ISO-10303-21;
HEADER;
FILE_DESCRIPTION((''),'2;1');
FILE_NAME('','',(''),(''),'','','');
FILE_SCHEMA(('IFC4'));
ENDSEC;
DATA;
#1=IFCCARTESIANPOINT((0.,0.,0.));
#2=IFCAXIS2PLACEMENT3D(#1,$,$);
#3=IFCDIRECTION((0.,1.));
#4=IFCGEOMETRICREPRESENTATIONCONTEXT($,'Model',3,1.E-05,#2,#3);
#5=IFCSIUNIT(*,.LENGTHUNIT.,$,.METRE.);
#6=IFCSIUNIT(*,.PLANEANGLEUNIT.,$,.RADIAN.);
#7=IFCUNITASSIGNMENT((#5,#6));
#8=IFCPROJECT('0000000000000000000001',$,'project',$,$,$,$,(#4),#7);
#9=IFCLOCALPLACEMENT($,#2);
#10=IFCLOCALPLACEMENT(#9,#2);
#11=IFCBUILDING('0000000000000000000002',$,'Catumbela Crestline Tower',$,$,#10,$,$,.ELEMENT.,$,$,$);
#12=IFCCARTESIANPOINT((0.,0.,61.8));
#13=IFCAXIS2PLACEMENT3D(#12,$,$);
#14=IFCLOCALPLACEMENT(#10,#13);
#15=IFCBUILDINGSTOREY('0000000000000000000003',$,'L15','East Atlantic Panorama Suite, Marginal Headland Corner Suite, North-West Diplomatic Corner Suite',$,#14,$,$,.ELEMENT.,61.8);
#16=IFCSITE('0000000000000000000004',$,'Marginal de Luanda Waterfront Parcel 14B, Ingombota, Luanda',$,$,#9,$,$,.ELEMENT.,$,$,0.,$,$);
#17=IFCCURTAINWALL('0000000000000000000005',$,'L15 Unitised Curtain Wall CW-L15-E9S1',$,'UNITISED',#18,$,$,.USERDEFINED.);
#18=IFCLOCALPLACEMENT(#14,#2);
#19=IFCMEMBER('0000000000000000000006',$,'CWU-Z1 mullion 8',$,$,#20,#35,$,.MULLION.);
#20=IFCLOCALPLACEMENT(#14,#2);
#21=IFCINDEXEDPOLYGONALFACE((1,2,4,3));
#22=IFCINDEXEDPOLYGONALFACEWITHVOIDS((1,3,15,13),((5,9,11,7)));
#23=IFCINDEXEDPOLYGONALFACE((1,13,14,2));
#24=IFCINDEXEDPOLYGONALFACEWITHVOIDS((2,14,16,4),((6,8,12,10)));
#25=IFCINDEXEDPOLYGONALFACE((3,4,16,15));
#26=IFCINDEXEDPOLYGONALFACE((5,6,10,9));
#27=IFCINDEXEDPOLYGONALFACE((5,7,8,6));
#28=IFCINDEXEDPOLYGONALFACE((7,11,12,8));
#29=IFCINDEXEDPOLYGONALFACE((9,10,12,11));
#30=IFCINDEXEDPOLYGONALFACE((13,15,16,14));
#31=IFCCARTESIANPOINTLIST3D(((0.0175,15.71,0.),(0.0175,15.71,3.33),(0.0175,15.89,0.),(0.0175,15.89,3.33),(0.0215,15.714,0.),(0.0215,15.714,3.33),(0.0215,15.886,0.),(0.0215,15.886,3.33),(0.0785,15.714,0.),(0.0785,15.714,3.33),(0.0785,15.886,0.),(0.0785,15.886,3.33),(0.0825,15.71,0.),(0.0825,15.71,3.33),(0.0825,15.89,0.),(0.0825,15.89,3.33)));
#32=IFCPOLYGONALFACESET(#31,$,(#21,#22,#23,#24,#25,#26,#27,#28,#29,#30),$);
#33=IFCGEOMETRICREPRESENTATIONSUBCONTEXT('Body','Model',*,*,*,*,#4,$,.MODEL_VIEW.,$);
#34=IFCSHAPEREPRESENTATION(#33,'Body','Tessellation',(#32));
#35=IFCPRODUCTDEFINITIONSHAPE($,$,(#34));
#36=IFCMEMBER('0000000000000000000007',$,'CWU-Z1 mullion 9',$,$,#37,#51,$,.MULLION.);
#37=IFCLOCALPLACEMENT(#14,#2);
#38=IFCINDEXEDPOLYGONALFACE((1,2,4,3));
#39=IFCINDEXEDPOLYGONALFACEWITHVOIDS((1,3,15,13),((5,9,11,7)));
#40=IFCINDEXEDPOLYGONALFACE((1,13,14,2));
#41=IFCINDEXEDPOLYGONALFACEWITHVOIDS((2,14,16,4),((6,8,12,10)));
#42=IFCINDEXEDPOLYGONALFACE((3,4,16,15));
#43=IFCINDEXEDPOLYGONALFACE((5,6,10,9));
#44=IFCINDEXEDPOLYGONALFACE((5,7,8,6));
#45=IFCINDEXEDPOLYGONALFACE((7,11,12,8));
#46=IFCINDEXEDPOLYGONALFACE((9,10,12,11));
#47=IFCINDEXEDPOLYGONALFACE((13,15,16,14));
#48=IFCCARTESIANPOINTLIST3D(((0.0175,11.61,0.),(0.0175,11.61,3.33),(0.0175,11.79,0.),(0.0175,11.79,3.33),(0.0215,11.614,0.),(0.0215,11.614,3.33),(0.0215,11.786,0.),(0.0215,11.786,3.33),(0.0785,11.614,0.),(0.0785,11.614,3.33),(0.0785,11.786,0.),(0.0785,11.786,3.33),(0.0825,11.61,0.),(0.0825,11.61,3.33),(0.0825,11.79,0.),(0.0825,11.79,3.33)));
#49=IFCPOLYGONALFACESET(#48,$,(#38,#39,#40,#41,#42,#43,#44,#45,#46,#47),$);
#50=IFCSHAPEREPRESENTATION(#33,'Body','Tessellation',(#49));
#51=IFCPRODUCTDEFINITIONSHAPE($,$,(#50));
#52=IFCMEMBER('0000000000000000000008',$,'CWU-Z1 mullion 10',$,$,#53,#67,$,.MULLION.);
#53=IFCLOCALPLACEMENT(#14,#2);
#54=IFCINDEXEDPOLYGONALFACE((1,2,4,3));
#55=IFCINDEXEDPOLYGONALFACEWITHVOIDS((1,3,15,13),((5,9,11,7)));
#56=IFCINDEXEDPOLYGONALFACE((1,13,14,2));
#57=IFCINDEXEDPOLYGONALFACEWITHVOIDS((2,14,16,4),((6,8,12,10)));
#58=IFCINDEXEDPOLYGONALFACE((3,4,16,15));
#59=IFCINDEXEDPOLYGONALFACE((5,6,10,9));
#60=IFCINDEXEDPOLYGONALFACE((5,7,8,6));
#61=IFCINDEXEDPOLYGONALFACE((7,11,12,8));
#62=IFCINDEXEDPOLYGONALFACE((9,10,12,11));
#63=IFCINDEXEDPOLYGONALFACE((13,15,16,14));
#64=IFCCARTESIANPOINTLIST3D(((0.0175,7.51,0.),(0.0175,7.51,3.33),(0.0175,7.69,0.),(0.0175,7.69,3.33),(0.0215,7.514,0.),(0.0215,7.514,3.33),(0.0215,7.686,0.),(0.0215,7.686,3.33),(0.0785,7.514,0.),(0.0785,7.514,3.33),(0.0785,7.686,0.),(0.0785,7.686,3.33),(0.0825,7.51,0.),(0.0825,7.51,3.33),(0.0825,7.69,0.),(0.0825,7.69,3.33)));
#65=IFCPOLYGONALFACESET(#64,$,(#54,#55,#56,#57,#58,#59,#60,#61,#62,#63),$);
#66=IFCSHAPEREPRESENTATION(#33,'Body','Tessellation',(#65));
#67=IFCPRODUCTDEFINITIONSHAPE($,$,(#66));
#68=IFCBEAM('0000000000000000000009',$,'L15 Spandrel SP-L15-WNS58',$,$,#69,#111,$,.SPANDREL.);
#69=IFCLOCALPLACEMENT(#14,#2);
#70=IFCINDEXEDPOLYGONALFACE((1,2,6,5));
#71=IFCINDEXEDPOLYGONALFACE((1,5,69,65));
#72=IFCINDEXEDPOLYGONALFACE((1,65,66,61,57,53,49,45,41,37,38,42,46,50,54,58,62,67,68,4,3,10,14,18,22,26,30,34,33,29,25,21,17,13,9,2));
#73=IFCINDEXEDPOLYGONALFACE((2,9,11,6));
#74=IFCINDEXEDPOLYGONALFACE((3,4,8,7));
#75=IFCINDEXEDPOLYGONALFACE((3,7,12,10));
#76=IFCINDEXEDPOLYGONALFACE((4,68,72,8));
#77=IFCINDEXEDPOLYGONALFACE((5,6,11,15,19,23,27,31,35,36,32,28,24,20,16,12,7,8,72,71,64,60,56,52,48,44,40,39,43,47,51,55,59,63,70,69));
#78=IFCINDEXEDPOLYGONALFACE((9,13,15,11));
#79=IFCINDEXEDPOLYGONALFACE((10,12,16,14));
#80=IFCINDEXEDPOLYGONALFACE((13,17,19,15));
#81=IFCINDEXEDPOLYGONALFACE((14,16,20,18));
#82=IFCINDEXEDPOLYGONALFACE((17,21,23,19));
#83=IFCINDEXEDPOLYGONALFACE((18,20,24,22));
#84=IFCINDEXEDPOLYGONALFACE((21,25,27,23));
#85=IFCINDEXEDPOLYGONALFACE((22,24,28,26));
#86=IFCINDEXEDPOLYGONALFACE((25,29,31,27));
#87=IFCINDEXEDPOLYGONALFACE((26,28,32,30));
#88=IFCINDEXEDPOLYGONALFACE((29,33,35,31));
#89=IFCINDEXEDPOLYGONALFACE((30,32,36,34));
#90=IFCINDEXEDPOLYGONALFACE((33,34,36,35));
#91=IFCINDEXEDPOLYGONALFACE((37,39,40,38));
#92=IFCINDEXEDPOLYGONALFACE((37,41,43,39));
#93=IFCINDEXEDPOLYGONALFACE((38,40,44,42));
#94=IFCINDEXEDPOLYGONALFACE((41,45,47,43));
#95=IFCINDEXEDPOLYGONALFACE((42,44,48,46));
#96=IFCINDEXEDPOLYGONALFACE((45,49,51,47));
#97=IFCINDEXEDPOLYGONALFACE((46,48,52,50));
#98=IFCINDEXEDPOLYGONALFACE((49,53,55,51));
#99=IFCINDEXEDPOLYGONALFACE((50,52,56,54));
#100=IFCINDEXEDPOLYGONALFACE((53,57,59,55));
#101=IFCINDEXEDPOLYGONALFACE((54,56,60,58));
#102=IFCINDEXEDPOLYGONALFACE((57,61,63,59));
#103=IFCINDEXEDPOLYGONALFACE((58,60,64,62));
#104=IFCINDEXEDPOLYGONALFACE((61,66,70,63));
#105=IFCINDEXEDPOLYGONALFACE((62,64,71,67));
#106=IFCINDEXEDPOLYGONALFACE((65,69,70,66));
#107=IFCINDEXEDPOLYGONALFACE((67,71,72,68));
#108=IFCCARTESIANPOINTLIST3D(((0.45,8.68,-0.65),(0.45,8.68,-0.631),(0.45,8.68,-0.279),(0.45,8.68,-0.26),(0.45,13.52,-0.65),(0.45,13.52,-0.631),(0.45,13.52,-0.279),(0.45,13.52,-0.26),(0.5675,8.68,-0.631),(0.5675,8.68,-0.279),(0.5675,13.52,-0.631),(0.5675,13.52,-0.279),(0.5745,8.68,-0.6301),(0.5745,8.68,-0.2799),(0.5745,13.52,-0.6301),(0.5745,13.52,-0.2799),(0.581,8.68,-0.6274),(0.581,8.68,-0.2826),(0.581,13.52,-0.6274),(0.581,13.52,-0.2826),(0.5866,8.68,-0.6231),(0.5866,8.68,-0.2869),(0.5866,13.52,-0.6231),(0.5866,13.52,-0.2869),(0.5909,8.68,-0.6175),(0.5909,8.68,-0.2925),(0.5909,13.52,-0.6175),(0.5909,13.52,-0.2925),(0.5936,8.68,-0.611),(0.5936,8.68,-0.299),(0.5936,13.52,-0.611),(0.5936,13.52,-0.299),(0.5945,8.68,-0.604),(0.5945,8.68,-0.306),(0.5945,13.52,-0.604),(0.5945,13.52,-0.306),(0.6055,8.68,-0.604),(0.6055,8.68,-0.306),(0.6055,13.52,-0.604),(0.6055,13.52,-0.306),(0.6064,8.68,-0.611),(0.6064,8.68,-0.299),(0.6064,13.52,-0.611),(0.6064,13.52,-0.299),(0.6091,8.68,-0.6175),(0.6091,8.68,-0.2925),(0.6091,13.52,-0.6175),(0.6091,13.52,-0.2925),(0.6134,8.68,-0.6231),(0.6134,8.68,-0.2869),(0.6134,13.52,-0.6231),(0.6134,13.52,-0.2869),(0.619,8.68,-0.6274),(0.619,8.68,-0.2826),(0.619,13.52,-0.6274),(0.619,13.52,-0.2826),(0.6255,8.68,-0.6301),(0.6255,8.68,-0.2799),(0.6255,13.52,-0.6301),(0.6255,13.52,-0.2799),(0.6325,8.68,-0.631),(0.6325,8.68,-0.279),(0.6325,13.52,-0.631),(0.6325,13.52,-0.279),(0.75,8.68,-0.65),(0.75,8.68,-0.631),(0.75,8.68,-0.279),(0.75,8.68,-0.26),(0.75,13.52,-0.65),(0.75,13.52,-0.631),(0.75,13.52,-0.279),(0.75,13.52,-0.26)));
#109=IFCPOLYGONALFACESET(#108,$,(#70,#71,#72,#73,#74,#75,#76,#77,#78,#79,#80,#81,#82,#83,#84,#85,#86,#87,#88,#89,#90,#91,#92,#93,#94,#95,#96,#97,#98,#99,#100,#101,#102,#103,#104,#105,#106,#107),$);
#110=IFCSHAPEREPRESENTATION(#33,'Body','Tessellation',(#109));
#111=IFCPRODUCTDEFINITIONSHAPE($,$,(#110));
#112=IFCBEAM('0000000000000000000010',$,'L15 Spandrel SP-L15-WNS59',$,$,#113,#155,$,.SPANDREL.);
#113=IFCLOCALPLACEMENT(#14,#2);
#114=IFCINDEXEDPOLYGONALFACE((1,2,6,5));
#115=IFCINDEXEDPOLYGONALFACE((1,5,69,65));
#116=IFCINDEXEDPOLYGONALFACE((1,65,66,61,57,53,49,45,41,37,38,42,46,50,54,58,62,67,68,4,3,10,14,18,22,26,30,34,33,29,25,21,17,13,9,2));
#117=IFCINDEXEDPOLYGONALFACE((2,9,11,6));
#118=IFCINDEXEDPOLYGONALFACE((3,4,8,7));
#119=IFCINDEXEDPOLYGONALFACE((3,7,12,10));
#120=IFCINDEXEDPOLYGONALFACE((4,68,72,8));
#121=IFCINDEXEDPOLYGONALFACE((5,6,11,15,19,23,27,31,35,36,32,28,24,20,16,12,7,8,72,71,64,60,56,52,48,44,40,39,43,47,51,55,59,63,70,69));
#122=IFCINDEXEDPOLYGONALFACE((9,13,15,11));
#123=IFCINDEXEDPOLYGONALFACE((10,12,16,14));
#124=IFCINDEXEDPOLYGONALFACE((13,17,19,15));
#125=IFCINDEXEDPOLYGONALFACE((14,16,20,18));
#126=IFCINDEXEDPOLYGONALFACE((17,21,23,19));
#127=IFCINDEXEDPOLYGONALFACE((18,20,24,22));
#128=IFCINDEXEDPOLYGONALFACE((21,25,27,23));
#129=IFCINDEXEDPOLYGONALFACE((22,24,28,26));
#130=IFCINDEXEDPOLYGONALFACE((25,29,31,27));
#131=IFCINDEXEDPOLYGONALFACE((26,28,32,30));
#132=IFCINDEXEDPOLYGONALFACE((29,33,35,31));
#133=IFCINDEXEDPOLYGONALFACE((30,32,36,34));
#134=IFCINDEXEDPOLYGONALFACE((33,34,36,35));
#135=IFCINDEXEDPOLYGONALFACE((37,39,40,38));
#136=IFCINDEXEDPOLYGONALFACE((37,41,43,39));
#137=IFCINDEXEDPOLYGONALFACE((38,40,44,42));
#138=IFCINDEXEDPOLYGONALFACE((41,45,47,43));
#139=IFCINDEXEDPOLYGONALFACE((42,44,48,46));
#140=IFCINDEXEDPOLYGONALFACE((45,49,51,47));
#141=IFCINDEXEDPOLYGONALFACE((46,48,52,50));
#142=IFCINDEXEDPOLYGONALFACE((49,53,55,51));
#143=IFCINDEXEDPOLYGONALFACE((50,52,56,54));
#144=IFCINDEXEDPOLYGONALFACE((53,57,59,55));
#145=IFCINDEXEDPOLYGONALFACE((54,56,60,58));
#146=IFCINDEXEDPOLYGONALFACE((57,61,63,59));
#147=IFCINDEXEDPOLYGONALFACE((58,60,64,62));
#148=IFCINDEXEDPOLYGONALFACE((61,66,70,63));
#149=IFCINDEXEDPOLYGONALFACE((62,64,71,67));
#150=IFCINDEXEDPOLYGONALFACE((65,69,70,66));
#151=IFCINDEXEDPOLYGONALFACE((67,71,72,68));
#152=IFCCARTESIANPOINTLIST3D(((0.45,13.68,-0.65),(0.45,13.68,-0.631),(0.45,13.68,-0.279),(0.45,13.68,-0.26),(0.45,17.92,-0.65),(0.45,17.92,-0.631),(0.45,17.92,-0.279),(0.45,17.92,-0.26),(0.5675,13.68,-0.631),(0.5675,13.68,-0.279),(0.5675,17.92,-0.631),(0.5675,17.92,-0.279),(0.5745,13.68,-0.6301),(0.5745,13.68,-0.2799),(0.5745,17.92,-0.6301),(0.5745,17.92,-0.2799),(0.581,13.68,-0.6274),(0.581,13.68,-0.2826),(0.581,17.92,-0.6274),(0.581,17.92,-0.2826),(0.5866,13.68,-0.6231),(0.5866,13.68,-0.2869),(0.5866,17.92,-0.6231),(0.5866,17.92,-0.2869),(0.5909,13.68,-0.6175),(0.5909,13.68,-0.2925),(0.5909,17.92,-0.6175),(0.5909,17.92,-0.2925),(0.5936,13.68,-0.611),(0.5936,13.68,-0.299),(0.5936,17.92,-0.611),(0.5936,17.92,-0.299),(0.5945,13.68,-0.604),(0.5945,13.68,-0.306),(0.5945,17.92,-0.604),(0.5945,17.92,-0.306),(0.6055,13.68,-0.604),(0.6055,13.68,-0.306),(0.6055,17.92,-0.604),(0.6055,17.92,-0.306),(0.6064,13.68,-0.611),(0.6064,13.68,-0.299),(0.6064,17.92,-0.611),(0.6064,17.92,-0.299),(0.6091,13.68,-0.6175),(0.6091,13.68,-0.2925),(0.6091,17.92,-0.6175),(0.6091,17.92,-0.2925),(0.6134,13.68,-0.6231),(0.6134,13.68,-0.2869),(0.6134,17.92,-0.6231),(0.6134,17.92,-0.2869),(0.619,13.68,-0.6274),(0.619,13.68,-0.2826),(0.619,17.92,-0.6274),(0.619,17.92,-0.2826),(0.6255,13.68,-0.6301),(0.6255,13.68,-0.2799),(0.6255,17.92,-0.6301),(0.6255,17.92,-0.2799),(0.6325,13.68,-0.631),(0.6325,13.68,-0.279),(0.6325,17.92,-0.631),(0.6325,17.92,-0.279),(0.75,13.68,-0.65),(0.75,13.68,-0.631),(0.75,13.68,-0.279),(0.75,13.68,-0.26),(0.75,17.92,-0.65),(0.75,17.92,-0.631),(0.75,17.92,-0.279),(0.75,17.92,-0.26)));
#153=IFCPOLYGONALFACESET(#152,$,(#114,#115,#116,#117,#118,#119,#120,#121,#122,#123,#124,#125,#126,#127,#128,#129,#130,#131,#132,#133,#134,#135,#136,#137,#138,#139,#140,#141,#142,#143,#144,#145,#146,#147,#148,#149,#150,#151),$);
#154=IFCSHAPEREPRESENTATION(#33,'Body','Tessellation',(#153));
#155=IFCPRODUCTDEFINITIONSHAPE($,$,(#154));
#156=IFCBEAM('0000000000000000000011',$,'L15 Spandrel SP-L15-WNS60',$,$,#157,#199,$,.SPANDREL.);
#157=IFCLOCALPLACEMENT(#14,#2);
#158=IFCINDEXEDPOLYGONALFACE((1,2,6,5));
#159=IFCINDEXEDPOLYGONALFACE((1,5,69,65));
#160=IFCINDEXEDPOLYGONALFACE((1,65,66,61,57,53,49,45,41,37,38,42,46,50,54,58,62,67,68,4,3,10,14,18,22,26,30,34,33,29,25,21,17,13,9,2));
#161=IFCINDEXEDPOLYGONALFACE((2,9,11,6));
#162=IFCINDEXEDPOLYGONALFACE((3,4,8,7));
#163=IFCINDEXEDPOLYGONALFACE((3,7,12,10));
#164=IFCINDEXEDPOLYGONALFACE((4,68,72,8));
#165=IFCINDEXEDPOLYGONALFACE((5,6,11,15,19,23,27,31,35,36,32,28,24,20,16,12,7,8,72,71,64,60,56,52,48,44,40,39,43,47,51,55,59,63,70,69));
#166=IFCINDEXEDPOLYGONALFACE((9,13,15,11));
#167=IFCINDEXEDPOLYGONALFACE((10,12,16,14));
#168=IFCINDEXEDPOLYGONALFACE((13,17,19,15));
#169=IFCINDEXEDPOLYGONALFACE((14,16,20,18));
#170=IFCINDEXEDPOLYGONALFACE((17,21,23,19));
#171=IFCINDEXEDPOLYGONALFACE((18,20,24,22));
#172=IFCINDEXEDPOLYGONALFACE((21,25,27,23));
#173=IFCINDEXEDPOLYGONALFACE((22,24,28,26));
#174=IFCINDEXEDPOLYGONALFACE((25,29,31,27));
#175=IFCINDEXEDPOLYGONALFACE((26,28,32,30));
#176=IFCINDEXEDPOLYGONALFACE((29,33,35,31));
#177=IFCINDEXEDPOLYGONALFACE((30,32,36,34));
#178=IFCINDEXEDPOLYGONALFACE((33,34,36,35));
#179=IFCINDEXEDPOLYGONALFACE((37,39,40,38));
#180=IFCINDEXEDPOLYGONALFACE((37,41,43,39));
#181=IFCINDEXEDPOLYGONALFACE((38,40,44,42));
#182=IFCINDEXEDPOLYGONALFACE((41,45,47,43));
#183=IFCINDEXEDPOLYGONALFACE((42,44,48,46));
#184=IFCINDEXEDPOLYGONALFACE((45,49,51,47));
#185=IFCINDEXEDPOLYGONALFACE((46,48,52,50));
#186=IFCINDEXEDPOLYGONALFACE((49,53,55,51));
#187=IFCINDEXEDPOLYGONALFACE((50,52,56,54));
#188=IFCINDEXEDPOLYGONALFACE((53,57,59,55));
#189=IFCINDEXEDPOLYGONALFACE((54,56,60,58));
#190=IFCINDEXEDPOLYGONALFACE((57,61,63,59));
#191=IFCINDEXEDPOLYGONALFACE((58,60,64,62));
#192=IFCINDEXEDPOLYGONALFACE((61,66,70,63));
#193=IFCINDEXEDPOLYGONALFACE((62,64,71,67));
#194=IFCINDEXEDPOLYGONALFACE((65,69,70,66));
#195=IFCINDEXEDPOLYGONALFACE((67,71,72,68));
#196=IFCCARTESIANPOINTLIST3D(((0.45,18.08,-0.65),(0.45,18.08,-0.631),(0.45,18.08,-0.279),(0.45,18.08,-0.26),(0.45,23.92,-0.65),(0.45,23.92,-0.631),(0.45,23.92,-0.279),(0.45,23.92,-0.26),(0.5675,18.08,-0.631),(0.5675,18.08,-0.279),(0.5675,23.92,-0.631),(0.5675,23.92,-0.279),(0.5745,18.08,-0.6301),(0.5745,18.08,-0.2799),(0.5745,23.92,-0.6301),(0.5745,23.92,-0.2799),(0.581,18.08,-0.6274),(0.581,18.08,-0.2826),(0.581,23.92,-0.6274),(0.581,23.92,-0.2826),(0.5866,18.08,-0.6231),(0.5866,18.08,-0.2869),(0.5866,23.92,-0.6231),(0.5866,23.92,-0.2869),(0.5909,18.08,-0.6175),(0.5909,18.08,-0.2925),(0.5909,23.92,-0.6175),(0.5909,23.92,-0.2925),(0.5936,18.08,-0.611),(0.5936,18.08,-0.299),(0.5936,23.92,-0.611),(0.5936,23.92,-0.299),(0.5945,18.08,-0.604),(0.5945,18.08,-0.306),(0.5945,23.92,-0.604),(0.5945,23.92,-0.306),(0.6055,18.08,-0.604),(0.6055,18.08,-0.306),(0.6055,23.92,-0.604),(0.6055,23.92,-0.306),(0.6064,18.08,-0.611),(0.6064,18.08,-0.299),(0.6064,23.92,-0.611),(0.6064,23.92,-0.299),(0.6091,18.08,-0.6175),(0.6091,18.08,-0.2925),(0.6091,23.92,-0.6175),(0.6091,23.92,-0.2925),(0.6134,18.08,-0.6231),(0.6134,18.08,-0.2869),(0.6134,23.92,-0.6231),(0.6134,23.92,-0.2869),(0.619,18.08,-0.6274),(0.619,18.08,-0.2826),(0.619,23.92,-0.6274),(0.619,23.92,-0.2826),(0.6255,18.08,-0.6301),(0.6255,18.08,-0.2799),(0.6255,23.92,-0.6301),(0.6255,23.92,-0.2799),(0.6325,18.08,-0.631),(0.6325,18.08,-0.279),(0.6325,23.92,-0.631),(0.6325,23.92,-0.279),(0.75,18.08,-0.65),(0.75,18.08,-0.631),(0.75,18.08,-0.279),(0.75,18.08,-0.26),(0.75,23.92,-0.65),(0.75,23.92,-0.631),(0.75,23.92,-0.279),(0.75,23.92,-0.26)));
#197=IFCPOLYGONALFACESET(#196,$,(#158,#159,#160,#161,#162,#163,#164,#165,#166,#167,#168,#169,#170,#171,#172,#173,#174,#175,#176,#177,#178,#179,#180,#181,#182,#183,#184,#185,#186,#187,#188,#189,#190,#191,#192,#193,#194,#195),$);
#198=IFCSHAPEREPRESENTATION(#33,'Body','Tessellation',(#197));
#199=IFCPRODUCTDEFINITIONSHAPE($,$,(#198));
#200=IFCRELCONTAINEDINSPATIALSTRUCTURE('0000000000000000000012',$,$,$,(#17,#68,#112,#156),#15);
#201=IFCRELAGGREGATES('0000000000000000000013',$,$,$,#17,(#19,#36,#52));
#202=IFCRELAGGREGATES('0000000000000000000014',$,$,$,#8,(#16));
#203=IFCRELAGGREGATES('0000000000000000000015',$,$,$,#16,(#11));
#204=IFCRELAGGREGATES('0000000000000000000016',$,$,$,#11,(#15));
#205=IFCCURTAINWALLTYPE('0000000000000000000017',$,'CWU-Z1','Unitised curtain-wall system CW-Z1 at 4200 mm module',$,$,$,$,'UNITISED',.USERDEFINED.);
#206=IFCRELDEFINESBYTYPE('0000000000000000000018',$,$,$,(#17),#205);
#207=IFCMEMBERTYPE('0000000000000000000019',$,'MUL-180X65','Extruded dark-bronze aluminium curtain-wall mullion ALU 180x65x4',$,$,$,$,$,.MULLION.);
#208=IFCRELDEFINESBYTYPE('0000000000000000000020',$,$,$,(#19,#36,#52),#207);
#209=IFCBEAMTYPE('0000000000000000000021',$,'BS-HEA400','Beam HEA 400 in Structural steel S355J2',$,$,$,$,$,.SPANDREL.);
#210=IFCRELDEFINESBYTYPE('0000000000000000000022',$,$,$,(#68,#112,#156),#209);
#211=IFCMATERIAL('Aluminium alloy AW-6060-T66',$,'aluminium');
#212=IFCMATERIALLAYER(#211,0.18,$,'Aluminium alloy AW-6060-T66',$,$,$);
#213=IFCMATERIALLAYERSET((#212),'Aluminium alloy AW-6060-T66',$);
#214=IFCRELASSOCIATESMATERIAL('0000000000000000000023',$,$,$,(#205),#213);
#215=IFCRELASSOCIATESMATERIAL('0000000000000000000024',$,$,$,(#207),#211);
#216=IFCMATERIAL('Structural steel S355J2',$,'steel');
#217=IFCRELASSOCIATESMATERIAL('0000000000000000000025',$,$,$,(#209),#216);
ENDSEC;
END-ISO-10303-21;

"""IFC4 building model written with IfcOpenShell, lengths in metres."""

from ifc_helpers import new_model, si_unit, direction, frame, origin, origin_2d, place, context, subcontext, project, spatial, hollow_rectangle, i_section, extrude, material, layer, layer_set, material_profile, profile_set, type_object, element, aggregate, save


model = new_model("IFC4")

# Units and contexts
model_context = context("Model", 3, precision=1e-05, world=origin(), true_north=direction((0.0, 1.0)))
body_context = subcontext(model_context, "Body", "Model", "MODEL_VIEW")
ifc_project = project(units=[si_unit("LENGTHUNIT", "METRE"), si_unit("PLANEANGLEUNIT", "RADIAN")], contexts=[model_context])

# Site, building, storey
site_placement = place(None, origin())
site = spatial("IfcSite", under=ifc_project, at=site_placement, Name="Marginal de Luanda Waterfront Parcel 14B, Ingombota, Luanda", CompositionType="ELEMENT", RefElevation=0.0)
building_placement = place(site_placement, origin())
building = spatial("IfcBuilding", under=site, at=building_placement, Name="Catumbela Crestline Tower", CompositionType="ELEMENT")
storey_placement = place(building_placement, frame((0.0, 0.0, 61.8)))
storey = spatial("IfcBuildingStorey", under=building, at=storey_placement, Name="L15", Description="East Atlantic Panorama Suite, Marginal Headland Corner Suite, North-West Diplomatic Corner Suite", CompositionType="ELEMENT", Elevation=61.8)

# Shared definitions
ifc_material_1 = material(Name="Structural steel S355J2", Category="steel")

# Curtain wall, members
ifc_material_2 = material(Name="Aluminium alloy AW-6060-T66", Category="aluminium")
ifc_layer_1 = layer(ifc_material_2, 0.18, Name="Aluminium alloy AW-6060-T66")
ifc_layer_set_1 = layer_set([ifc_layer_1], Name="Aluminium alloy AW-6060-T66")
curtain_wall_type = type_object("IfcCurtainWallType", Name="CWU-Z1", Description="Unitised curtain-wall system CW-Z1 at 4200 mm module", ElementType="UNITISED", PredefinedType="USERDEFINED", material=ifc_layer_set_1)
curtain_wall_placement = place(storey_placement, origin())
curtain_wall = element("IfcCurtainWall", 1, at=curtain_wall_placement, inside=storey, type_object=curtain_wall_type, Name="L15 Unitised Curtain Wall CW-L15-E9S1", ObjectType="UNITISED", PredefinedType="USERDEFINED")
ifc_material_profile_1 = material_profile(ifc_material_2, hollow_rectangle(XDim=0.065, YDim=0.18, WallThickness=0.004, at=origin_2d()), Name="ALU 180x65x4")
ifc_profile_set_1 = profile_set([ifc_material_profile_1], Name="Aluminium alloy AW-6060-T66")
member_type_1 = type_object("IfcMemberType", Name="MUL-180X65", Description="Extruded dark-bronze aluminium curtain-wall mullion ALU 180x65x4", PredefinedType="MULLION", material=ifc_profile_set_1)
member_1_placement = place(storey_placement, frame((0.05, 15.8, 0.0), z_axis=(0.0, 0.0, 1.0), x_axis=(1.0, 0.0, 0.0)))
member_1 = element("IfcMember", 2, at=member_1_placement, type_object=member_type_1, Name="CWU-Z1 mullion 8", PredefinedType="MULLION", context=body_context, shape_type="SweptSolid", body=[
    extrude(hollow_rectangle(XDim=0.065, YDim=0.18, WallThickness=0.004, at=origin_2d()), origin(), (0.0, 0.0, 1.0), 3.33),
])
member_2_placement = place(storey_placement, frame((0.05, 11.7, 0.0), z_axis=(0.0, 0.0, 1.0), x_axis=(1.0, 0.0, 0.0)))
member_2 = element("IfcMember", 3, at=member_2_placement, type_object=member_type_1, Name="CWU-Z1 mullion 9", PredefinedType="MULLION", context=body_context, shape_type="SweptSolid", body=[
    extrude(hollow_rectangle(XDim=0.065, YDim=0.18, WallThickness=0.004, at=origin_2d()), origin(), (0.0, 0.0, 1.0), 3.33),
])
member_3_placement = place(storey_placement, frame((0.05, 7.6, 0.0), z_axis=(0.0, 0.0, 1.0), x_axis=(1.0, 0.0, 0.0)))
member_3 = element("IfcMember", 4, at=member_3_placement, type_object=member_type_1, Name="CWU-Z1 mullion 10", PredefinedType="MULLION", context=body_context, shape_type="SweptSolid", body=[
    extrude(hollow_rectangle(XDim=0.065, YDim=0.18, WallThickness=0.004, at=origin_2d()), origin(), (0.0, 0.0, 1.0), 3.33),
])

# Beams
ifc_material_profile_2 = material_profile(ifc_material_1, i_section(OverallWidth=0.3, OverallDepth=0.39, WebThickness=0.011, FlangeThickness=0.019, FilletRadius=0.027, at=origin_2d()), Name="HEA 400")
ifc_profile_set_2 = profile_set([ifc_material_profile_2], Name="Structural steel S355J2")
beam_type_1 = type_object("IfcBeamType", Name="BS-HEA400", Description="Beam HEA 400 in Structural steel S355J2", PredefinedType="SPANDREL", material=ifc_profile_set_2)
beam_1_placement = place(storey_placement, frame((0.6, 8.68, -0.455), z_axis=(0.0, 1.0, 0.0), x_axis=(-1.0, 0.0, 0.0)))
element("IfcBeam", 5, at=beam_1_placement, inside=storey, type_object=beam_type_1, Name="L15 Spandrel SP-L15-WNS58", PredefinedType="SPANDREL", context=body_context, shape_type="SweptSolid", body=[
    extrude(i_section(OverallWidth=0.3, OverallDepth=0.39, WebThickness=0.011, FlangeThickness=0.019, FilletRadius=0.027, at=origin_2d()), origin(), (0.0, 0.0, 1.0), 4.84),
])
beam_2_placement = place(storey_placement, frame((0.6, 13.68, -0.455), z_axis=(0.0, 1.0, 0.0), x_axis=(-1.0, 0.0, 0.0)))
element("IfcBeam", 6, at=beam_2_placement, inside=storey, type_object=beam_type_1, Name="L15 Spandrel SP-L15-WNS59", PredefinedType="SPANDREL", context=body_context, shape_type="SweptSolid", body=[
    extrude(i_section(OverallWidth=0.3, OverallDepth=0.39, WebThickness=0.011, FlangeThickness=0.019, FilletRadius=0.027, at=origin_2d()), origin(), (0.0, 0.0, 1.0), 4.24),
])
beam_3_placement = place(storey_placement, frame((0.6, 18.08, -0.455), z_axis=(0.0, 1.0, 0.0), x_axis=(-1.0, 0.0, 0.0)))
element("IfcBeam", 7, at=beam_3_placement, inside=storey, type_object=beam_type_1, Name="L15 Spandrel SP-L15-WNS60", PredefinedType="SPANDREL", context=body_context, shape_type="SweptSolid", body=[
    extrude(i_section(OverallWidth=0.3, OverallDepth=0.39, WebThickness=0.011, FlangeThickness=0.019, FilletRadius=0.027, at=origin_2d()), origin(), (0.0, 0.0, 1.0), 5.84),
])

aggregate(curtain_wall, [member_1, member_2, member_3])

save(model, "model.ifc")
